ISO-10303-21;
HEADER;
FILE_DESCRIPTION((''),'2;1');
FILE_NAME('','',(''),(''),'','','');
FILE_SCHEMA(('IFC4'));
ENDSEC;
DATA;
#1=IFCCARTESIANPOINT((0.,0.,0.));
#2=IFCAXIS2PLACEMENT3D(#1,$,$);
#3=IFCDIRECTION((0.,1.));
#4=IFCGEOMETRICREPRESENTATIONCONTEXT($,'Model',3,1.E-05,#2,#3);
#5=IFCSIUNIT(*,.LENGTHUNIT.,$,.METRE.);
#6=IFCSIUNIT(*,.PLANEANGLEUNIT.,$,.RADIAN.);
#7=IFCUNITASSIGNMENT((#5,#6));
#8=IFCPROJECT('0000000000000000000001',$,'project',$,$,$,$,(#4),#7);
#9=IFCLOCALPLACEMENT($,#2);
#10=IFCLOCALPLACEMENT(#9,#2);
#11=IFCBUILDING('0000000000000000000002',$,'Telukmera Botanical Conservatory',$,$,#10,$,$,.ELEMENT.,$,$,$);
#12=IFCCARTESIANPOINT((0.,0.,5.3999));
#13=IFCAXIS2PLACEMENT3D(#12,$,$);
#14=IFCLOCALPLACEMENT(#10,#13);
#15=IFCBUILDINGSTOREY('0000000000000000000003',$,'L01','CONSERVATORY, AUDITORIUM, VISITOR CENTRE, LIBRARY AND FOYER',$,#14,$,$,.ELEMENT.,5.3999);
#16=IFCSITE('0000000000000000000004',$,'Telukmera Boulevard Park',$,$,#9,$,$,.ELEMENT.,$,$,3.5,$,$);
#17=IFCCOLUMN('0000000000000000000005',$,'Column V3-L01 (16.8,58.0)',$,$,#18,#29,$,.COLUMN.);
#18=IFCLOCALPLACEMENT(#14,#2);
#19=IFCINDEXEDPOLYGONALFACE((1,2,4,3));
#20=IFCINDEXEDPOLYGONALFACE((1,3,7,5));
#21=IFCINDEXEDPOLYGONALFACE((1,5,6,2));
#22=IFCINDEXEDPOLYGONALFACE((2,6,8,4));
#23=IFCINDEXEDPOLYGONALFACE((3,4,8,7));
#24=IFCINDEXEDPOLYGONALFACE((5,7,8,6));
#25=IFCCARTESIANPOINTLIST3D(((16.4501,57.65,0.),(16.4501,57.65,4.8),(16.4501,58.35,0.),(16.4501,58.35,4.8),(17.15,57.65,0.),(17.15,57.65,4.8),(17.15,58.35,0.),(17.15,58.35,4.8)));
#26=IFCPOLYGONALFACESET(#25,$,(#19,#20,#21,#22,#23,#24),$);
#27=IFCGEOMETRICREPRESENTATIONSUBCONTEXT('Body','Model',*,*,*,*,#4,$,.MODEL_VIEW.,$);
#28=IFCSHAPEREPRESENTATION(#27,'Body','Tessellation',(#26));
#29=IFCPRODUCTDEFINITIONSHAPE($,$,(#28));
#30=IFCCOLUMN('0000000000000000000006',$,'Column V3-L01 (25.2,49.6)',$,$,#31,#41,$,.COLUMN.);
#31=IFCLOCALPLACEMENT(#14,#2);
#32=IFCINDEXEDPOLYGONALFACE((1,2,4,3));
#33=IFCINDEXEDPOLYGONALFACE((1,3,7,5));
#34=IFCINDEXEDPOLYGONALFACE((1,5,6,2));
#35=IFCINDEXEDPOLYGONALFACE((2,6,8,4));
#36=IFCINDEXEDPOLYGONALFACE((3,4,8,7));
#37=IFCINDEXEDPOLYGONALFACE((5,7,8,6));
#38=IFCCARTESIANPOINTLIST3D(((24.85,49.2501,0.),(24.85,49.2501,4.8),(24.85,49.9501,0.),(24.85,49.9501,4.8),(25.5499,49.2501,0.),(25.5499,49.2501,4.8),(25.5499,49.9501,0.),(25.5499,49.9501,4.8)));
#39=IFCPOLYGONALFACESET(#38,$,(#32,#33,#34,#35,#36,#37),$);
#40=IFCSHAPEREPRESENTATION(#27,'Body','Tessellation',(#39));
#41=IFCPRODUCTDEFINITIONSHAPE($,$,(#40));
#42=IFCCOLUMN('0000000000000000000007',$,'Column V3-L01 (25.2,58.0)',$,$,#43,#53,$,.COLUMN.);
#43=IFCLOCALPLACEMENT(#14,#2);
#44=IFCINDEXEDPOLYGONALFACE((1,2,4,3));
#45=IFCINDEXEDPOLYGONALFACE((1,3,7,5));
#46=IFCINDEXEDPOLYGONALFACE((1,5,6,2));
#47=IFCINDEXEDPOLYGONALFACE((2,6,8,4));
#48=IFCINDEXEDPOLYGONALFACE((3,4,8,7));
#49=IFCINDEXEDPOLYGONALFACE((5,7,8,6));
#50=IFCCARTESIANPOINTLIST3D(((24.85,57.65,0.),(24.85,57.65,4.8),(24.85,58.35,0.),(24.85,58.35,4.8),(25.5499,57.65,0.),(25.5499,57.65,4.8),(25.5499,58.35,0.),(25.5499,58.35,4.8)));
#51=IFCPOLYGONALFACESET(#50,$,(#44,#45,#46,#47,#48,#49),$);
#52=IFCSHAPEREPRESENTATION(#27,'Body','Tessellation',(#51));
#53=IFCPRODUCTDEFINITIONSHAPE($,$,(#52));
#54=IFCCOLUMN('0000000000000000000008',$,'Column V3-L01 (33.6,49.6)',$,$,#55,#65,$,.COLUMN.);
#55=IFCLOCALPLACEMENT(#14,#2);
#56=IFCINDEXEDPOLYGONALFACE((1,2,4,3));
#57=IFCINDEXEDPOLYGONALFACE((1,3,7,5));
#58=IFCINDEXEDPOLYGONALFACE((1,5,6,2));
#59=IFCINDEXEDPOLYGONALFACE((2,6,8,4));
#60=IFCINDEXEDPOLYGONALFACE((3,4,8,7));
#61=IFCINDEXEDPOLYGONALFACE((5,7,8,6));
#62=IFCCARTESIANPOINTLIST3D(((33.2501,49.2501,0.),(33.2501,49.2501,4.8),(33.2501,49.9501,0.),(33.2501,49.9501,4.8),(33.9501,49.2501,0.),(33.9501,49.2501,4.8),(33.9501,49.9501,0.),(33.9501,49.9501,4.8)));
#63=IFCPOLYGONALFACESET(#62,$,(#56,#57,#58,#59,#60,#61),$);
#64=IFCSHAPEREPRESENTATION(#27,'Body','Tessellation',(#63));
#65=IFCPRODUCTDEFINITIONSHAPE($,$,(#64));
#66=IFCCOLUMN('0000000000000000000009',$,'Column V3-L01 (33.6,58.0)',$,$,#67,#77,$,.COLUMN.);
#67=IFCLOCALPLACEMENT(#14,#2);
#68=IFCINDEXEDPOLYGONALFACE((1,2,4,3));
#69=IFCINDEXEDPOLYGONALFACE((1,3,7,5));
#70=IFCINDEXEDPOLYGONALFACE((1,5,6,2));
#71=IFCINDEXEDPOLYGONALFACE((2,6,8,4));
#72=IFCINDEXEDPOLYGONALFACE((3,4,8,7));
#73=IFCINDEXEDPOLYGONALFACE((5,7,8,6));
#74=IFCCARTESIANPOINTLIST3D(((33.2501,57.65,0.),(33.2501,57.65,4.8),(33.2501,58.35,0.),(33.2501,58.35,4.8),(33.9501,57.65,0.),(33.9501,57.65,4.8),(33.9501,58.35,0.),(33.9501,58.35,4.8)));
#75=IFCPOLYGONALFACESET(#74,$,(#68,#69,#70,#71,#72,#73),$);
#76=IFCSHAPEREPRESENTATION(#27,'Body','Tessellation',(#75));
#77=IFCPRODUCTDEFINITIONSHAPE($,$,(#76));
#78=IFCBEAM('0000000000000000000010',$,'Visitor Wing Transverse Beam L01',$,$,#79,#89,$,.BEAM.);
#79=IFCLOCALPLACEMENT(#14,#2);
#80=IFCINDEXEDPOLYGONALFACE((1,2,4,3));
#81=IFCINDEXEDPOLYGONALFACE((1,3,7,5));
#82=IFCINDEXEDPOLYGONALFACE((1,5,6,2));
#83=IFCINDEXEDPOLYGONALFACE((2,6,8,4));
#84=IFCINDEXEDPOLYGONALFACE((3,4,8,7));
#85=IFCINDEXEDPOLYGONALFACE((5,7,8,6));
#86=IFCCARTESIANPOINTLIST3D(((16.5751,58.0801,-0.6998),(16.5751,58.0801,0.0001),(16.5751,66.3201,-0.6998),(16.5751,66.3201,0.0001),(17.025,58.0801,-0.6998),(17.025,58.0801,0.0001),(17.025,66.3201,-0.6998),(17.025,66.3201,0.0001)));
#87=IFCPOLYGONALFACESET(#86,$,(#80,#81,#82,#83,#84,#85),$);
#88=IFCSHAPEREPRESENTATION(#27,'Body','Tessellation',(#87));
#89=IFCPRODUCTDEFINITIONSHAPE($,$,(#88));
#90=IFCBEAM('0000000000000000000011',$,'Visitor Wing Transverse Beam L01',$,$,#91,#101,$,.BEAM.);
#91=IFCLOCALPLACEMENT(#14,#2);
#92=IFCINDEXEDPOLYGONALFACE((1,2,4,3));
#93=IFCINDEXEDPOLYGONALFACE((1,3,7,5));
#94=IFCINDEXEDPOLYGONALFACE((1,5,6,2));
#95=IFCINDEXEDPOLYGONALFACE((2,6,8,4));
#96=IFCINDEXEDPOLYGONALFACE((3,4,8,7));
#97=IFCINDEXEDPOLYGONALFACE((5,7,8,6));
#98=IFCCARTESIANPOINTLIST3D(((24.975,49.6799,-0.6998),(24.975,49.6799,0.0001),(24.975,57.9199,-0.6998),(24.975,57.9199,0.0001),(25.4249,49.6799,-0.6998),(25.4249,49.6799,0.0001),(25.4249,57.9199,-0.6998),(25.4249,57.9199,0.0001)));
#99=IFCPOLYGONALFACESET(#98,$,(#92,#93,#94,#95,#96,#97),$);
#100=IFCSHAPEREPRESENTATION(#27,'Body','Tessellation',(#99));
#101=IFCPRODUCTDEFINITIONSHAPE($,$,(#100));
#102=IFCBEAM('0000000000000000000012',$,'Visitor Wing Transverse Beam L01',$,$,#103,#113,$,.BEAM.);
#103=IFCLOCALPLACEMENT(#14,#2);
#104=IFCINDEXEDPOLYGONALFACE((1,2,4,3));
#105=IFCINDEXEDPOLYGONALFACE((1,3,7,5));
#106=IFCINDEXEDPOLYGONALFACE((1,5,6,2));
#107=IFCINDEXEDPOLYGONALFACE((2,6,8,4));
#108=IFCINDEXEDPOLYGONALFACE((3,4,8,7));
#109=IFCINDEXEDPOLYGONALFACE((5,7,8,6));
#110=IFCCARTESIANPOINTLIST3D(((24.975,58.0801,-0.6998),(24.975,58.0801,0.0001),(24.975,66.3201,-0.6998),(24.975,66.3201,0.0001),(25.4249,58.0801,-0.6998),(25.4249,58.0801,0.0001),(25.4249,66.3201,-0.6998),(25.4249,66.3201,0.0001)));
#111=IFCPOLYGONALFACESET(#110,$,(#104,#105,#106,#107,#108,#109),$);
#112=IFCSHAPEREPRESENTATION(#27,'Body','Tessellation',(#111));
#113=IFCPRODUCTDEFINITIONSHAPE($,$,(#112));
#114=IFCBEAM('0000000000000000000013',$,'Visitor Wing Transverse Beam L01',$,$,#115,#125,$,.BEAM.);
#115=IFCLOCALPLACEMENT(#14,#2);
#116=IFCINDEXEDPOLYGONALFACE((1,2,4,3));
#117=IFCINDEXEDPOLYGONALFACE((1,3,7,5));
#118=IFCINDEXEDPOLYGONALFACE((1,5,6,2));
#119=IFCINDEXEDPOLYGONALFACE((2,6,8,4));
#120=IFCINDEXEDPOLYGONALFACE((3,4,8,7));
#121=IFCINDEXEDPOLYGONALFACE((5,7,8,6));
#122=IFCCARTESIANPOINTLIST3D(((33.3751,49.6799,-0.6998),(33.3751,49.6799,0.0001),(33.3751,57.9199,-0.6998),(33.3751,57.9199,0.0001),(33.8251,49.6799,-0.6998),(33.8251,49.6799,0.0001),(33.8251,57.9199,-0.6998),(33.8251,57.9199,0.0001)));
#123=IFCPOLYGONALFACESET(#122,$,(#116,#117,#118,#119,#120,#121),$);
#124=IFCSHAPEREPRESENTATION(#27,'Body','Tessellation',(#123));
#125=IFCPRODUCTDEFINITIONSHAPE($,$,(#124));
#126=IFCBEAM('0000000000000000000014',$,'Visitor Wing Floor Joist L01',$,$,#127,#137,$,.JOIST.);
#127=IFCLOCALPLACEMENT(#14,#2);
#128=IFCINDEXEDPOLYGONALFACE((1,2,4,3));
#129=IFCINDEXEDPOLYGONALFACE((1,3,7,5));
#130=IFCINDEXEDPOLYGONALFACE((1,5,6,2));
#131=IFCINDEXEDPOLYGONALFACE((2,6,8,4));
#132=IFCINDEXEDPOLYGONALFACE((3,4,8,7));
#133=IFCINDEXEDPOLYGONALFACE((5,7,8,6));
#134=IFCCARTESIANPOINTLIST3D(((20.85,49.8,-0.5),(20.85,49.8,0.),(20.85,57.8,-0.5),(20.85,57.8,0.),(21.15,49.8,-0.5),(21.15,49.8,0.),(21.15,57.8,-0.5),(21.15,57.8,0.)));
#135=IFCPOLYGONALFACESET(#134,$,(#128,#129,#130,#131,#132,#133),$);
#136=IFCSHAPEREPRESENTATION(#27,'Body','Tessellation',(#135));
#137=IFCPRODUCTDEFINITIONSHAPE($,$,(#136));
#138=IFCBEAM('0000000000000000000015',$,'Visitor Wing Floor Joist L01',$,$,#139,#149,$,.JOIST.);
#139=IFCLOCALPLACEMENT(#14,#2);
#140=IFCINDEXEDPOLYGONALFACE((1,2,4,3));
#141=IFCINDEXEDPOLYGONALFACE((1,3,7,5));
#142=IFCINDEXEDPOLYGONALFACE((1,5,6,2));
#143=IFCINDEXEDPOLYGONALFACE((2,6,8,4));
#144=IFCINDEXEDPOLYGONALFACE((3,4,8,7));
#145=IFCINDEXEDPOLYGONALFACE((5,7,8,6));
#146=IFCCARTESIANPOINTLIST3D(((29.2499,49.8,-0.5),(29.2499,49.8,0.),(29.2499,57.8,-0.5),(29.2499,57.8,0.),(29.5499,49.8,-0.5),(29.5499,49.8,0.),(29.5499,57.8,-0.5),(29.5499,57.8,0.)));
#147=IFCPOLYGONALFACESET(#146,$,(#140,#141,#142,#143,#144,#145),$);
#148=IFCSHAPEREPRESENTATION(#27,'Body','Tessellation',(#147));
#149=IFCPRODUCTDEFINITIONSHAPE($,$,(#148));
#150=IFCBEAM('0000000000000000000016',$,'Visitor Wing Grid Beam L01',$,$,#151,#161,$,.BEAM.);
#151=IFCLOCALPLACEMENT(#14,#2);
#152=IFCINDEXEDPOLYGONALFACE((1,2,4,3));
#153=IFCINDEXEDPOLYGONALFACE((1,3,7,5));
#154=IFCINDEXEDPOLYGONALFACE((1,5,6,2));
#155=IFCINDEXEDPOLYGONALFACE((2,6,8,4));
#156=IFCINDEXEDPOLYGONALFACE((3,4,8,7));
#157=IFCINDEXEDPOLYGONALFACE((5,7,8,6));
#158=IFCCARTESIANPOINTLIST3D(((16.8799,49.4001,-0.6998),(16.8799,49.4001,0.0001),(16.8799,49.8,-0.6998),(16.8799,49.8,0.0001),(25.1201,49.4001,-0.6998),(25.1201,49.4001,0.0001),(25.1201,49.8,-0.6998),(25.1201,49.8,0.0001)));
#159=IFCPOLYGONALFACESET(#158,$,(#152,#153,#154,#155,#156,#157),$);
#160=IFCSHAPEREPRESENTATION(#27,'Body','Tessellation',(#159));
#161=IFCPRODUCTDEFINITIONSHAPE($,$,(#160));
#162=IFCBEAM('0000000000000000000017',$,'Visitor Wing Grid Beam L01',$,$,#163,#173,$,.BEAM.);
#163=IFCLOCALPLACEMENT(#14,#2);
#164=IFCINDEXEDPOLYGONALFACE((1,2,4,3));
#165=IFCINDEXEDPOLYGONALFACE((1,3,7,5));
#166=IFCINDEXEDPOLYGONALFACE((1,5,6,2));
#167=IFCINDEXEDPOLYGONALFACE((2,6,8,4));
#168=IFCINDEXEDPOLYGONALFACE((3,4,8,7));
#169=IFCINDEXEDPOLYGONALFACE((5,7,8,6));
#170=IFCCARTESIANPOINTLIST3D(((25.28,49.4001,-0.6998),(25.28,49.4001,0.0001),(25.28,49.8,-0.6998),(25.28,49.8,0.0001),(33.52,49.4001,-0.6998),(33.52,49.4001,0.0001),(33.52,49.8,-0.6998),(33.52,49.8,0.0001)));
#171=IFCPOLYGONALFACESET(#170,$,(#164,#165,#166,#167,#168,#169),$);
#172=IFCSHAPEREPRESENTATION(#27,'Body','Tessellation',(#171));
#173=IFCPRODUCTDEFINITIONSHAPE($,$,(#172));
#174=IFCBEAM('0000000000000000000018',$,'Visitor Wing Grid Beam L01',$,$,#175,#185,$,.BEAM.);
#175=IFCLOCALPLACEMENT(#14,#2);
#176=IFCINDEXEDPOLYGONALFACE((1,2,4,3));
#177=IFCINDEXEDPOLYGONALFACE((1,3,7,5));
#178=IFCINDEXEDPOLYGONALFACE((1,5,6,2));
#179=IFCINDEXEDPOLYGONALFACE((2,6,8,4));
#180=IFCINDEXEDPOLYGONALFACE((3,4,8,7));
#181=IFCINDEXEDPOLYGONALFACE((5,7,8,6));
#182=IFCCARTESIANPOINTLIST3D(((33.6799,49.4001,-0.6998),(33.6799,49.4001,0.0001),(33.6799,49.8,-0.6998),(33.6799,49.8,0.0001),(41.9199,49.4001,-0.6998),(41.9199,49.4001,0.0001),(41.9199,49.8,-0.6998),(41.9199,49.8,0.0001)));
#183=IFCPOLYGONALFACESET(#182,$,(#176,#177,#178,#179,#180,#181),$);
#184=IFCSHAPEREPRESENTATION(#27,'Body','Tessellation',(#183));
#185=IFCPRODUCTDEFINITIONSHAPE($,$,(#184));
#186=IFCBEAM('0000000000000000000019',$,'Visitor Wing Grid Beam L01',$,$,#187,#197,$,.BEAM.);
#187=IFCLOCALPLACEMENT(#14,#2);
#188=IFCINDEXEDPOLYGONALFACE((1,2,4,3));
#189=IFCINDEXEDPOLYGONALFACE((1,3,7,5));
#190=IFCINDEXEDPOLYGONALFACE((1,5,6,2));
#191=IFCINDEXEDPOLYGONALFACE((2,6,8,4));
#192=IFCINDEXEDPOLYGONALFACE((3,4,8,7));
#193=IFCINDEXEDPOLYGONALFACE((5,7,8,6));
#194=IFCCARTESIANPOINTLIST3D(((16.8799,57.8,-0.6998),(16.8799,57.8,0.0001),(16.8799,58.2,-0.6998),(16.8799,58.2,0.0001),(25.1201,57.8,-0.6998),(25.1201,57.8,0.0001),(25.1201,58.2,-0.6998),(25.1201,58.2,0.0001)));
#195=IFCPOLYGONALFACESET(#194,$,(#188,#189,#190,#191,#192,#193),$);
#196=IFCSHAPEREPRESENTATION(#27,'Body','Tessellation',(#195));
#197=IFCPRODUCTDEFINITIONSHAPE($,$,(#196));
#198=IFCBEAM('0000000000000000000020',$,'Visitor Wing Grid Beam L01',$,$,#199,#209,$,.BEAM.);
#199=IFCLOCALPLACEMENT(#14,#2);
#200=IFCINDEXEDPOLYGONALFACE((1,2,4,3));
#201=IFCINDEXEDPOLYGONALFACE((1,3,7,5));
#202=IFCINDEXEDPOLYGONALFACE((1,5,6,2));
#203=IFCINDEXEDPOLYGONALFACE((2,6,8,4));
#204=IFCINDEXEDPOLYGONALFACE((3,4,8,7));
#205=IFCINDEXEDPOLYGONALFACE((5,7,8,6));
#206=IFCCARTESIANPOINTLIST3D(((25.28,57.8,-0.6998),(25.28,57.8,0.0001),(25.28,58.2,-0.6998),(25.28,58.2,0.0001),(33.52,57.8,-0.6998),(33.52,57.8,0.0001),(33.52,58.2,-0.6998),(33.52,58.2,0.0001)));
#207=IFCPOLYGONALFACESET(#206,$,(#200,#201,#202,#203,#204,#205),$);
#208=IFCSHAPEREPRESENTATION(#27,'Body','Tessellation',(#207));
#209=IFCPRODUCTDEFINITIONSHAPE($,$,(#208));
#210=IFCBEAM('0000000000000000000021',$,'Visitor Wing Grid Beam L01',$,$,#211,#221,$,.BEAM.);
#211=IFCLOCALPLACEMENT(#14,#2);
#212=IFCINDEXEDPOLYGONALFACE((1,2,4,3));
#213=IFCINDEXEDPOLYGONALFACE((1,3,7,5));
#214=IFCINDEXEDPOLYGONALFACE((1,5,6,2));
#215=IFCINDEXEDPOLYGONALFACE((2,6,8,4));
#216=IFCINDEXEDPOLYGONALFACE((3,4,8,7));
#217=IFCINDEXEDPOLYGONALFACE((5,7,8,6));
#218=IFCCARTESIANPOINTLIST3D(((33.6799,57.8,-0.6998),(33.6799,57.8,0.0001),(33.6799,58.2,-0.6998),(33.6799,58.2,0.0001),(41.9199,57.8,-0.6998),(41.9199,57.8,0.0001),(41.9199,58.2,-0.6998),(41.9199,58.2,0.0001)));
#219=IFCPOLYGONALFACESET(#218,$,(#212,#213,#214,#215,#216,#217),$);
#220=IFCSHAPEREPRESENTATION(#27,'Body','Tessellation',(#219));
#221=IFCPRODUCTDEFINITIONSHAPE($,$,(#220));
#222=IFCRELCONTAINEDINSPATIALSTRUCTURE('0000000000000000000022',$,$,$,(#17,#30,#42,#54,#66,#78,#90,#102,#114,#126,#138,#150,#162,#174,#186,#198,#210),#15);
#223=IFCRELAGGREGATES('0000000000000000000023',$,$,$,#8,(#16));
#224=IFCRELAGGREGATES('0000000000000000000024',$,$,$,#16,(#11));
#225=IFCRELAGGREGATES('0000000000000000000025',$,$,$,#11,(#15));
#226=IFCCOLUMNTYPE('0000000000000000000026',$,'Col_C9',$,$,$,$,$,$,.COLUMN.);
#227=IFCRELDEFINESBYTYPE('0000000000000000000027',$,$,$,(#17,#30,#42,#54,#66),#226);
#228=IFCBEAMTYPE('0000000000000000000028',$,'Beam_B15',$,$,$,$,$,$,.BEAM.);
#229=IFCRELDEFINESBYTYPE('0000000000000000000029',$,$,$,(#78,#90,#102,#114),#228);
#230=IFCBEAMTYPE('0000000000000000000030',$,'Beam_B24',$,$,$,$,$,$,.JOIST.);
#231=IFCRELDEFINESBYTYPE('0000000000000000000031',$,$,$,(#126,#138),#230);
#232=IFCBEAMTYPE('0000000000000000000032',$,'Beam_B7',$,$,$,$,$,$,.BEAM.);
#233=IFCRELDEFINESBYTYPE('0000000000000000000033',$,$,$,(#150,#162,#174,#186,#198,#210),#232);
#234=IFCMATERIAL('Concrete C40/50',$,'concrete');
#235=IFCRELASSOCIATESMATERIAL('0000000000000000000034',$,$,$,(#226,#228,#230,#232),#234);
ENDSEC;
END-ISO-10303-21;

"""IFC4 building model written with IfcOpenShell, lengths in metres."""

from ifc_helpers import new_model, si_unit, direction, frame, origin, origin_2d, place, context, subcontext, project, spatial, rectangle, extrude, material, material_profile, profile_set, type_object, element, save


model = new_model("IFC4")

# Units and contexts
model_context = context("Model", 3, precision=1e-05, world=origin(), true_north=direction((0.0, 1.0)))
body_context = subcontext(model_context, "Body", "Model", "MODEL_VIEW")
ifc_project = project(units=[si_unit("LENGTHUNIT", "METRE"), si_unit("PLANEANGLEUNIT", "RADIAN")], contexts=[model_context])

# Site, building, storey
site_placement = place(None, origin())
site = spatial("IfcSite", under=ifc_project, at=site_placement, Name="Telukmera Boulevard Park", CompositionType="ELEMENT", RefElevation=3.5)
building_placement = place(site_placement, origin())
building = spatial("IfcBuilding", under=site, at=building_placement, Name="Telukmera Botanical Conservatory", CompositionType="ELEMENT")
storey_placement = place(building_placement, frame((0.0, 0.0, 5.3999)))
storey = spatial("IfcBuildingStorey", under=building, at=storey_placement, Name="L01", Description="CONSERVATORY, AUDITORIUM, VISITOR CENTRE, LIBRARY AND FOYER", CompositionType="ELEMENT", Elevation=5.3999)

# Columns
ifc_material_1 = material(Name="Concrete C40/50", Category="concrete")
ifc_material_profile_1 = material_profile(ifc_material_1, rectangle(XDim=0.7, YDim=0.7, at=origin_2d()), Name="RC 700x700")
ifc_profile_set_1 = profile_set([ifc_material_profile_1], Name="Concrete C40/50")
column_type = type_object("IfcColumnType", Name="Col_C9", PredefinedType="COLUMN", material=ifc_profile_set_1)
for number, where, z_axis, x_axis, name in (
    (1, (16.8, 58.0, 0.0), (0.0, 0.0, 1.0), (1.0, 0.0, 0.0), "Column V3-L01 (16.8,58.0)"),
    (2, (25.2, 49.6001, 0.0), (0.0, 0.0, 1.0), (1.0, 0.0, 0.0), "Column V3-L01 (25.2,49.6)"),
    (3, (25.2, 58.0, 0.0), (0.0, 0.0, 1.0), (1.0, 0.0, 0.0), "Column V3-L01 (25.2,58.0)"),
    (4, (33.6001, 49.6001, 0.0), (0.0, 0.0, 1.0), (1.0, 0.0, 0.0), "Column V3-L01 (33.6,49.6)"),
    (5, (33.6001, 58.0, 0.0), (0.0, 0.0, 1.0), (1.0, 0.0, 0.0), "Column V3-L01 (33.6,58.0)"),
):
    element("IfcColumn", number, at=place(storey_placement, frame(where, z_axis=z_axis, x_axis=x_axis)), inside=storey, type_object=column_type, Name=name, PredefinedType="COLUMN", context=body_context, shape_type="SweptSolid", body=[
        extrude(rectangle(XDim=0.7, YDim=0.7, at=origin_2d()), origin(), (0.0, 0.0, 1.0), 4.8),
    ])

# Beams
ifc_material_profile_2 = material_profile(ifc_material_1, rectangle(XDim=0.45, YDim=0.7, at=origin_2d()), Name="RC 450x700")
ifc_profile_set_2 = profile_set([ifc_material_profile_2], Name="Concrete C40/50")
beam_type_1 = type_object("IfcBeamType", Name="Beam_B15", PredefinedType="BEAM", material=ifc_profile_set_2)
for number, where, z_axis, x_axis, name in (
    (6, (16.8, 58.0801, -0.3499), (0.0, 1.0, 0.0), (-1.0, 0.0, 0.0), "Visitor Wing Transverse Beam L01"),
    (7, (25.2, 49.6799, -0.3499), (0.0, 1.0, 0.0), (-1.0, 0.0, 0.0), "Visitor Wing Transverse Beam L01"),
    (8, (25.2, 58.0801, -0.3499), (0.0, 1.0, 0.0), (-1.0, 0.0, 0.0), "Visitor Wing Transverse Beam L01"),
    (9, (33.6001, 49.6799, -0.3499), (0.0, 1.0, 0.0), (-1.0, 0.0, 0.0), "Visitor Wing Transverse Beam L01"),
):
    element("IfcBeam", number, at=place(storey_placement, frame(where, z_axis=z_axis, x_axis=x_axis)), inside=storey, type_object=beam_type_1, Name=name, PredefinedType="BEAM", context=body_context, shape_type="SweptSolid", body=[
        extrude(rectangle(XDim=0.45, YDim=0.7, at=origin_2d()), origin(), (0.0, 0.0, 1.0), 8.24),
    ])
ifc_material_profile_3 = material_profile(ifc_material_1, rectangle(XDim=0.3, YDim=0.5, at=origin_2d()), Name="RC 300x500")
ifc_profile_set_3 = profile_set([ifc_material_profile_3], Name="Concrete C40/50")
beam_type_2 = type_object("IfcBeamType", Name="Beam_B24", PredefinedType="JOIST", material=ifc_profile_set_3)
for number, where, z_axis, x_axis, name in (
    (10, (21.0, 49.8, -0.25), (0.0, 1.0, 0.0), (-1.0, 0.0, 0.0), "Visitor Wing Floor Joist L01"),
    (11, (29.3999, 49.8, -0.25), (0.0, 1.0, 0.0), (-1.0, 0.0, 0.0), "Visitor Wing Floor Joist L01"),
):
    element("IfcBeam", number, at=place(storey_placement, frame(where, z_axis=z_axis, x_axis=x_axis)), inside=storey, type_object=beam_type_2, Name=name, PredefinedType="JOIST", context=body_context, shape_type="SweptSolid", body=[
        extrude(rectangle(XDim=0.3, YDim=0.5, at=origin_2d()), origin(), (0.0, 0.0, 1.0), 8.0),
    ])
ifc_material_profile_4 = material_profile(ifc_material_1, rectangle(XDim=0.3999, YDim=0.7, at=origin_2d()), Name="RC 400x700")
ifc_profile_set_4 = profile_set([ifc_material_profile_4], Name="Concrete C40/50")
beam_type_3 = type_object("IfcBeamType", Name="Beam_B7", PredefinedType="BEAM", material=ifc_profile_set_4)
beam_1_placement = place(storey_placement, frame((16.8799, 49.6001, -0.3499), z_axis=(1.0, 0.0, 0.0), x_axis=(0.0, 1.0, 0.0)))
element("IfcBeam", 12, at=beam_1_placement, inside=storey, type_object=beam_type_3, Name="Visitor Wing Grid Beam L01", PredefinedType="BEAM", context=body_context, shape_type="SweptSolid", body=[
    extrude(rectangle(XDim=0.3999, YDim=0.7, at=origin_2d()), origin(), (0.0, 0.0, 1.0), 8.2402),
])
for number, where, z_axis, x_axis, name in (
    (13, (25.28, 49.6001, -0.3499), (1.0, 0.0, 0.0), (0.0, 1.0, 0.0), "Visitor Wing Grid Beam L01"),
    (14, (33.6799, 49.6001, -0.3499), (1.0, 0.0, 0.0), (0.0, 1.0, 0.0), "Visitor Wing Grid Beam L01"),
):
    element("IfcBeam", number, at=place(storey_placement, frame(where, z_axis=z_axis, x_axis=x_axis)), inside=storey, type_object=beam_type_3, Name=name, PredefinedType="BEAM", context=body_context, shape_type="SweptSolid", body=[
        extrude(rectangle(XDim=0.3999, YDim=0.7, at=origin_2d()), origin(), (0.0, 0.0, 1.0), 8.24),
    ])
beam_2_placement = place(storey_placement, frame((16.8799, 58.0, -0.3499), z_axis=(1.0, 0.0, 0.0), x_axis=(0.0, 1.0, 0.0)))
element("IfcBeam", 15, at=beam_2_placement, inside=storey, type_object=beam_type_3, Name="Visitor Wing Grid Beam L01", PredefinedType="BEAM", context=body_context, shape_type="SweptSolid", body=[
    extrude(rectangle(XDim=0.3999, YDim=0.7, at=origin_2d()), origin(), (0.0, 0.0, 1.0), 8.2402),
])
for number, where, z_axis, x_axis, name in (
    (16, (25.28, 58.0, -0.3499), (1.0, 0.0, 0.0), (0.0, 1.0, 0.0), "Visitor Wing Grid Beam L01"),
    (17, (33.6799, 58.0, -0.3499), (1.0, 0.0, 0.0), (0.0, 1.0, 0.0), "Visitor Wing Grid Beam L01"),
):
    element("IfcBeam", number, at=place(storey_placement, frame(where, z_axis=z_axis, x_axis=x_axis)), inside=storey, type_object=beam_type_3, Name=name, PredefinedType="BEAM", context=body_context, shape_type="SweptSolid", body=[
        extrude(rectangle(XDim=0.3999, YDim=0.7, at=origin_2d()), origin(), (0.0, 0.0, 1.0), 8.24),
    ])

save(model, "model.ifc")
